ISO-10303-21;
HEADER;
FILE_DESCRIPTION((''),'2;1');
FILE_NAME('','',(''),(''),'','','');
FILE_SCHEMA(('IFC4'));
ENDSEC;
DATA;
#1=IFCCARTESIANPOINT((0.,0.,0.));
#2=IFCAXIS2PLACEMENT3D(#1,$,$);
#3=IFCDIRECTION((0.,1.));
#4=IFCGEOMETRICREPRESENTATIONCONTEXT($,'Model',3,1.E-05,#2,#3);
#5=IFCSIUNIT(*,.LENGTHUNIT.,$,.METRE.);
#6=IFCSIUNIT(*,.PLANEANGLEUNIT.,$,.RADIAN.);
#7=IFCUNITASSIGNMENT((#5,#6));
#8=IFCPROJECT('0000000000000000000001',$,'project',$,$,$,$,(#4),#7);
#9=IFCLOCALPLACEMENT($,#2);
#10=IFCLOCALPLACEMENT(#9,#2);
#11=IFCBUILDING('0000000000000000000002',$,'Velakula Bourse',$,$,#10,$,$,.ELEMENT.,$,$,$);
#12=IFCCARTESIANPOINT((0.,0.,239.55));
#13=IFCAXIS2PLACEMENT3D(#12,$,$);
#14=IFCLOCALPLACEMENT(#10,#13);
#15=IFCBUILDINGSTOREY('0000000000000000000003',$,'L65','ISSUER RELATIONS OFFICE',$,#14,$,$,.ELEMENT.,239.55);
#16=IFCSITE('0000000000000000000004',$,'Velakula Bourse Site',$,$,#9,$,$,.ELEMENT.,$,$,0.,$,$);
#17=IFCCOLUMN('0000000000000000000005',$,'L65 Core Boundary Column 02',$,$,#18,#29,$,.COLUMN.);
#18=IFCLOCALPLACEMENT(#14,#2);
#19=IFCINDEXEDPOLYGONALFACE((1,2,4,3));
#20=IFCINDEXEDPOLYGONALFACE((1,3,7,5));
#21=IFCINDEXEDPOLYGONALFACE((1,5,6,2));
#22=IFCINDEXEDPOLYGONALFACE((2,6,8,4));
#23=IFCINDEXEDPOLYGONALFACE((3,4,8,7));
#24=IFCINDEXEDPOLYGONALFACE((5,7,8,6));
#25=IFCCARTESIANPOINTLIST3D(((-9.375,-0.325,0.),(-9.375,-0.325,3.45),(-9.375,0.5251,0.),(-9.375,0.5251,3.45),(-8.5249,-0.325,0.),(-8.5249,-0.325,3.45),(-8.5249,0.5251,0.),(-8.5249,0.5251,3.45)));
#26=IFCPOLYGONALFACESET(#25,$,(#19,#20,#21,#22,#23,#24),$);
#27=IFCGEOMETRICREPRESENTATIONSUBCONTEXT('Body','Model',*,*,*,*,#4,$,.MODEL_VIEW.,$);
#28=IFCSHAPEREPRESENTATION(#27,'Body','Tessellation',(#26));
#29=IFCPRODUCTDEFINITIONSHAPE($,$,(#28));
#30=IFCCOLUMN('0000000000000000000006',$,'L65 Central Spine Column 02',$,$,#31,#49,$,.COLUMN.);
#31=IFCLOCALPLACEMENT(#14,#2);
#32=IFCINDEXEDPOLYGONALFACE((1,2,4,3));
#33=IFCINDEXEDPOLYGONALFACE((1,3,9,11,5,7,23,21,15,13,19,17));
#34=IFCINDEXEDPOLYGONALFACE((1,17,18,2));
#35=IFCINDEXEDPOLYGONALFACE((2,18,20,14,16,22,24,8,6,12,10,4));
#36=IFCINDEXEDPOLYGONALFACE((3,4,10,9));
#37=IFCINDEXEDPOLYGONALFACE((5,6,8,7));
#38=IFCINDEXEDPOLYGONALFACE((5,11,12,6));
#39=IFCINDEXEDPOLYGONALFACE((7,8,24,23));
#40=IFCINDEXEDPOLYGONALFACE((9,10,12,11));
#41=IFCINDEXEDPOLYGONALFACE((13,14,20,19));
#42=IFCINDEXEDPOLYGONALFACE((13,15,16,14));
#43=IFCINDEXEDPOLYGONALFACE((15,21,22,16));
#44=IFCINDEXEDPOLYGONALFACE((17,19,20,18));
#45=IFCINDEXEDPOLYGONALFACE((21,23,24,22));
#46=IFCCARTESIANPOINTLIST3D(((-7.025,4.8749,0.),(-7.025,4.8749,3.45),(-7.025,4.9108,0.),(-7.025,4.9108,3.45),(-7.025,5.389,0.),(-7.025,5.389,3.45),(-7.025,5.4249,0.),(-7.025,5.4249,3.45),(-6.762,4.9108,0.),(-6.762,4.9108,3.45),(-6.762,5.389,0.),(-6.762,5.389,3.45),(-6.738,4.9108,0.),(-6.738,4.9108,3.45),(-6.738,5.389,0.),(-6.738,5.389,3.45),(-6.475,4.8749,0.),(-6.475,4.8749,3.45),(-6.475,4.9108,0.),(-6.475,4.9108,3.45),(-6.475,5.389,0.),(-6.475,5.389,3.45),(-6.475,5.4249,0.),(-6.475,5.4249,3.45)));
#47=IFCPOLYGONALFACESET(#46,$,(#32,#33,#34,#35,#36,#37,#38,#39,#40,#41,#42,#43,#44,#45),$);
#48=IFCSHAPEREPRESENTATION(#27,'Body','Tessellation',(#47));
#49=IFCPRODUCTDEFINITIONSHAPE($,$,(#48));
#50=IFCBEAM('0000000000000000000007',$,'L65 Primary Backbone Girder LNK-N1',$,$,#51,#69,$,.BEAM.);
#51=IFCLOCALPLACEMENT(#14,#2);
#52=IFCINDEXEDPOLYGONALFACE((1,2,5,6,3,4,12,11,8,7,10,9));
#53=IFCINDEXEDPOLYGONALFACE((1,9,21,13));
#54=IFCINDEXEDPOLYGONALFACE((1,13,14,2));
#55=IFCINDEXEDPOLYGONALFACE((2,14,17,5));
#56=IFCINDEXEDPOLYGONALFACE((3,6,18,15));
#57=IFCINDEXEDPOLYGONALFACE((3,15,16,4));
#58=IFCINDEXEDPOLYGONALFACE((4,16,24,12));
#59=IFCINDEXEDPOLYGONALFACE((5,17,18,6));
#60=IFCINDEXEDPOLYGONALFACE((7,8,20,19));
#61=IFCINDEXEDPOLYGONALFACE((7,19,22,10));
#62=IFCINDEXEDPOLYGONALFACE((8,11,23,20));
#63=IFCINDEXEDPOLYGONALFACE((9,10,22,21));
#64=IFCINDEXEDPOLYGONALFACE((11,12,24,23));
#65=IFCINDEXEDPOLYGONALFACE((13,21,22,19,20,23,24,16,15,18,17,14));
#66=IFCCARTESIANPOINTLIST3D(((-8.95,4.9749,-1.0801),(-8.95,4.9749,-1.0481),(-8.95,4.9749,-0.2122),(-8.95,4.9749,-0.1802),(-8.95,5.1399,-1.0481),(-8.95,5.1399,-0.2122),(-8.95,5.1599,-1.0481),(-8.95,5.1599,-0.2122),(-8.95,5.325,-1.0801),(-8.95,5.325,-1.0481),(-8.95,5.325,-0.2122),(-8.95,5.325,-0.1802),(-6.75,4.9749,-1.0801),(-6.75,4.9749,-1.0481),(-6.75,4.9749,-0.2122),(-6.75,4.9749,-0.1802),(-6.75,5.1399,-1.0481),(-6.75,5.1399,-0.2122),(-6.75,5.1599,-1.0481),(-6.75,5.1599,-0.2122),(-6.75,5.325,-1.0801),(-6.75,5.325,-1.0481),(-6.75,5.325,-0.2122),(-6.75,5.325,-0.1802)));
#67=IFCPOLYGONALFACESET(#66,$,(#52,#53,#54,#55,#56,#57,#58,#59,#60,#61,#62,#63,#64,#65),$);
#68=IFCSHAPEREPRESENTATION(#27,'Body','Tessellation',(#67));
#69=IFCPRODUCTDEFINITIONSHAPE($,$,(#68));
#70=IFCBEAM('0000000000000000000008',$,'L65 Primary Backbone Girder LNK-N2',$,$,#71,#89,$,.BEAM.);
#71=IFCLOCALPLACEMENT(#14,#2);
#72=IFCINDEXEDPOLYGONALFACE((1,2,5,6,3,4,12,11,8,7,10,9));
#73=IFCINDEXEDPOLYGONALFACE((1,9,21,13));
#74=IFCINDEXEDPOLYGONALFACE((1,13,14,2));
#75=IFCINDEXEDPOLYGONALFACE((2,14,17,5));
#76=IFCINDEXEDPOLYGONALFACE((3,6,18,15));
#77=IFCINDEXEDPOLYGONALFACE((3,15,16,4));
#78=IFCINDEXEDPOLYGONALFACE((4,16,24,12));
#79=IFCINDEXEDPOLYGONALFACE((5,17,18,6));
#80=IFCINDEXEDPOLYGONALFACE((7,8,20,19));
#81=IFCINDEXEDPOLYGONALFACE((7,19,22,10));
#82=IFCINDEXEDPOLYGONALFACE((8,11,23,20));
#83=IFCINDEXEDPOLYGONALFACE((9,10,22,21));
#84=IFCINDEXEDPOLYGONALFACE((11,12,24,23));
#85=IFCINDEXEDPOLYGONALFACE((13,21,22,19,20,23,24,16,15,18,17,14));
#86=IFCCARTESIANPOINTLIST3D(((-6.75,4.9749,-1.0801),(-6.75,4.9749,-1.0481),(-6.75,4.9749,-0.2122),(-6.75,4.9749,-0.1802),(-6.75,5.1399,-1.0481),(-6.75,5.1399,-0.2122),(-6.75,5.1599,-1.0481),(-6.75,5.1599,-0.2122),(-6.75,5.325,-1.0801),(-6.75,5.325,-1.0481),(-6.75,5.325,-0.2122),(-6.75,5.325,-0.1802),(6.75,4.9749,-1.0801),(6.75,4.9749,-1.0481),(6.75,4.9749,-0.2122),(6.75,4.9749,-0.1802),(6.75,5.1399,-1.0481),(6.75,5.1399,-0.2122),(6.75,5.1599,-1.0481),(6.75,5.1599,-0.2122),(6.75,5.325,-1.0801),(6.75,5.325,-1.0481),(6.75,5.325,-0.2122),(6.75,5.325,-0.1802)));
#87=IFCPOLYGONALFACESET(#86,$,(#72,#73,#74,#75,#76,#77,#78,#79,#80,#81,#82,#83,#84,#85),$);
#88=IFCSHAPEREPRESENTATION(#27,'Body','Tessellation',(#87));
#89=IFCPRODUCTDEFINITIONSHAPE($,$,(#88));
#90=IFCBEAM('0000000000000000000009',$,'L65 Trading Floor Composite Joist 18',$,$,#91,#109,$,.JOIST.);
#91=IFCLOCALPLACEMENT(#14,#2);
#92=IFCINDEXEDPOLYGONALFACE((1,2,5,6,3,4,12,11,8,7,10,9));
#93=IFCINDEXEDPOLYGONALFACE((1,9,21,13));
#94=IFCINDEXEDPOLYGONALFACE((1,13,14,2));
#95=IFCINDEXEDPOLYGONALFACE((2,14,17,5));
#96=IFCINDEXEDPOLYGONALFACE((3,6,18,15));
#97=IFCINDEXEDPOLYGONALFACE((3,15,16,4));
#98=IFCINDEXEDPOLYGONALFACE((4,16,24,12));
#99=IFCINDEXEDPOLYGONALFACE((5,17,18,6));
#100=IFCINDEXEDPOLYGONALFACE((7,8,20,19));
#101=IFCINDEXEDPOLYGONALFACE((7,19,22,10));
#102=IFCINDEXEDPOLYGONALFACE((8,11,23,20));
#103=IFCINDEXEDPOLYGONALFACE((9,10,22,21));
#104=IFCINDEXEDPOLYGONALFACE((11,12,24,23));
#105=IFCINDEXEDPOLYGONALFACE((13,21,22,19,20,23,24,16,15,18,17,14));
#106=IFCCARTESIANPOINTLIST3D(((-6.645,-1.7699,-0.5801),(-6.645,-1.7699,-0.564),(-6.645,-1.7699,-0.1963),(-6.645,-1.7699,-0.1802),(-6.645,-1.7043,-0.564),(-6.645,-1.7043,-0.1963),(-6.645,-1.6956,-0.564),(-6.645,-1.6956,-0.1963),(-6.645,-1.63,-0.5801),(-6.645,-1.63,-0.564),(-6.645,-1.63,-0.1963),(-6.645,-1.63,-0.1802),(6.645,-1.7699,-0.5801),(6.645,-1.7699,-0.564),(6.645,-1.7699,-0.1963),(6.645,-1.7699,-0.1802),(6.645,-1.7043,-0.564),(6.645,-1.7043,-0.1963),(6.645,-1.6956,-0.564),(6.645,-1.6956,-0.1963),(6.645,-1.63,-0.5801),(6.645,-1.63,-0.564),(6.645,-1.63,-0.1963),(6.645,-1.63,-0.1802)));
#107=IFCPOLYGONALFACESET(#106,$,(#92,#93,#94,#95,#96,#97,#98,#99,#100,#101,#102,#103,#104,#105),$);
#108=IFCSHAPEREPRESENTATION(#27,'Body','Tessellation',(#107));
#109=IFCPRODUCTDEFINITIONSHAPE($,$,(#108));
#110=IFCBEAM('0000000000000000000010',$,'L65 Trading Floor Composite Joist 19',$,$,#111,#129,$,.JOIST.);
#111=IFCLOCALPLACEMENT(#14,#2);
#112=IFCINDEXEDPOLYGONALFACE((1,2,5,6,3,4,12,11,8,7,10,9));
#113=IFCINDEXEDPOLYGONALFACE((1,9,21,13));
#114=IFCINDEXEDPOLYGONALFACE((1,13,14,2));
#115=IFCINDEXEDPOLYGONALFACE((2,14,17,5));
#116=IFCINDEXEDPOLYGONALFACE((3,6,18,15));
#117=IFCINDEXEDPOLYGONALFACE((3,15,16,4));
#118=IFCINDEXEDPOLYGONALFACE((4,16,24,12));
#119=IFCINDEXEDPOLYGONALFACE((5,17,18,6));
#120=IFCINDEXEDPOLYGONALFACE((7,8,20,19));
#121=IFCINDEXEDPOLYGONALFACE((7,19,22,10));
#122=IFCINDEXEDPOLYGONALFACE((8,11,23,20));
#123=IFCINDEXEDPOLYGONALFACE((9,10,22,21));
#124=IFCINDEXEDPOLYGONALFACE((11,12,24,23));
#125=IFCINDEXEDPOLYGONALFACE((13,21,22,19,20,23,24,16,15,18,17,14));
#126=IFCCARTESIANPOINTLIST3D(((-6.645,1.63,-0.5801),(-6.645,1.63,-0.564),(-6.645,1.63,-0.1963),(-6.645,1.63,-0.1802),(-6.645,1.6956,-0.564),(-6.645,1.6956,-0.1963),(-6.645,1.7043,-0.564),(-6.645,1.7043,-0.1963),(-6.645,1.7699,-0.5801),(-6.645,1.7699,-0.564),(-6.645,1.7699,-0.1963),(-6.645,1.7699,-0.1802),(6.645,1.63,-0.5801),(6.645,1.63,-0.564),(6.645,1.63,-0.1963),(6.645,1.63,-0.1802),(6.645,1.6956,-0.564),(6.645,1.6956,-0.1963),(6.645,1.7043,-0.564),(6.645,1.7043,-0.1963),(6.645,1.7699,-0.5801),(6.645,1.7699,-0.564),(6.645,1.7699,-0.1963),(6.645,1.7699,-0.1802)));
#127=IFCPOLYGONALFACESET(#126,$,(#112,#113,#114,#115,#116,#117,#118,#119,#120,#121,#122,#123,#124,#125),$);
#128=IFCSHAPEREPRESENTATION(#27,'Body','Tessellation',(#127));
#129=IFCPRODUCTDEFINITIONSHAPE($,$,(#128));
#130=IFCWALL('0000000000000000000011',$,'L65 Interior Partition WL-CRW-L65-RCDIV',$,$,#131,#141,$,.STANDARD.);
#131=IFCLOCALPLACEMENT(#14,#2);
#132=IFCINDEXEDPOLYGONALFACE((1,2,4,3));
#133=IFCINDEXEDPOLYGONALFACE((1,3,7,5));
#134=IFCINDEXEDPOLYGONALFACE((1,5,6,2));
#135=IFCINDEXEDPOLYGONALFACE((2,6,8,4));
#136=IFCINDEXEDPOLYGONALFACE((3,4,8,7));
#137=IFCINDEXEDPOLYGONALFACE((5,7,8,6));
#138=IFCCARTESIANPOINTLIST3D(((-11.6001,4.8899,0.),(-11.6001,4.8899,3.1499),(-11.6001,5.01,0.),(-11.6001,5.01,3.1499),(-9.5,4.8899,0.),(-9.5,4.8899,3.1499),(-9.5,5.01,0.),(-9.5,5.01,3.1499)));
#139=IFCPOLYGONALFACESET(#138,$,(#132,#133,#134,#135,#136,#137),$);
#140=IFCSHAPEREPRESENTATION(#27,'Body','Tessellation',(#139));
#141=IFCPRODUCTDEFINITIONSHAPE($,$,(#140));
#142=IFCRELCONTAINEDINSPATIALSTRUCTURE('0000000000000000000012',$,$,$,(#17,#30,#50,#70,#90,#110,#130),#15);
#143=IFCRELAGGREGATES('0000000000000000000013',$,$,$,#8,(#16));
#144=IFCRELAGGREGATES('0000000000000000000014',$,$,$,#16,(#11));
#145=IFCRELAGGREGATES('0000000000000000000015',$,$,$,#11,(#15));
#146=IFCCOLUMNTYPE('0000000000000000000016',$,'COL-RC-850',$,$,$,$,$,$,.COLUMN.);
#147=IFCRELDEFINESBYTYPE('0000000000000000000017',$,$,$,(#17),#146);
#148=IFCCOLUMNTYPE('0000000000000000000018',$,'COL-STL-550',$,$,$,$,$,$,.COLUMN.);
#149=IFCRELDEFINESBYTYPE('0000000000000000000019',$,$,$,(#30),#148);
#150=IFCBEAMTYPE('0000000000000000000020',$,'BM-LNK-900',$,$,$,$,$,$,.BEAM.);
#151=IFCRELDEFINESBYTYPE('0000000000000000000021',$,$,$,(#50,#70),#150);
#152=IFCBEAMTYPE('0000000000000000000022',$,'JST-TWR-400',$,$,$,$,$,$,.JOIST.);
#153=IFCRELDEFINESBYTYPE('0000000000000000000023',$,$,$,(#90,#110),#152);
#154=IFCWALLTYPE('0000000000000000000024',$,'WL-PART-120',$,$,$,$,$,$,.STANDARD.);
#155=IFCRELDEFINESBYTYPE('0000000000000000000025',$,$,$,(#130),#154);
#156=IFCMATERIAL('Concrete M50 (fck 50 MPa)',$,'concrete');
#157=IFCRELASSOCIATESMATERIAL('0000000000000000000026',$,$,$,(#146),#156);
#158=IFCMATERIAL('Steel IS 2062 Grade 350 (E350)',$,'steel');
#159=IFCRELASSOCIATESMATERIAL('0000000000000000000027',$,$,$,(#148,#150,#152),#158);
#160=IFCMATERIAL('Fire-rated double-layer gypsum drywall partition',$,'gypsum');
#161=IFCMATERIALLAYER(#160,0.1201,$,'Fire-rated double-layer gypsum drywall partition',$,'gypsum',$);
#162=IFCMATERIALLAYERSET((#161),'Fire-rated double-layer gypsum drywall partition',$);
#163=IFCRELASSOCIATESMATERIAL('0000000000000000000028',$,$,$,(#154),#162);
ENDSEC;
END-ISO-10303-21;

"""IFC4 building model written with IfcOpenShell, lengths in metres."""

from ifc_helpers import new_model, si_unit, direction, frame, frame_2d, origin, origin_2d, place, context, subcontext, project, spatial, rectangle, i_section, extrude, material, layer, layer_set, material_profile, profile_set, type_object, element, save


model = new_model("IFC4")

# Units and contexts
model_context = context("Model", 3, precision=1e-05, world=origin(), true_north=direction((0.0, 1.0)))
body_context = subcontext(model_context, "Body", "Model", "MODEL_VIEW")
ifc_project = project(units=[si_unit("LENGTHUNIT", "METRE"), si_unit("PLANEANGLEUNIT", "RADIAN")], contexts=[model_context])

# Site, building, storey
site_placement = place(None, origin())
site = spatial("IfcSite", under=ifc_project, at=site_placement, Name="Velakula Bourse Site", CompositionType="ELEMENT", RefElevation=0.0)
building_placement = place(site_placement, origin())
building = spatial("IfcBuilding", under=site, at=building_placement, Name="Velakula Bourse", CompositionType="ELEMENT")
storey_placement = place(building_placement, frame((0.0, 0.0, 239.55)))
storey = spatial("IfcBuildingStorey", under=building, at=storey_placement, Name="L65", Description="ISSUER RELATIONS OFFICE", CompositionType="ELEMENT", Elevation=239.55)

# Columns
ifc_material_1 = material(Name="Concrete M50 (fck 50 MPa)", Category="concrete")
ifc_material_profile_1 = material_profile(ifc_material_1, rectangle(XDim=0.8501, YDim=0.8501, at=origin_2d()), Name="Concrete M50 (fck 50 MPa)")
ifc_profile_set_1 = profile_set([ifc_material_profile_1], Name="Concrete M50 (fck 50 MPa)")
column_type_1 = type_object("IfcColumnType", Name="COL-RC-850", PredefinedType="COLUMN", material=ifc_profile_set_1)
column_1_placement = place(storey_placement, frame((-8.95, 0.1001, 0.0), z_axis=(0.0, 0.0, 1.0), x_axis=(1.0, 0.0, 0.0)))
element("IfcColumn", 1, at=column_1_placement, inside=storey, type_object=column_type_1, Name="L65 Core Boundary Column 02", PredefinedType="COLUMN", context=body_context, shape_type="SweptSolid", body=[
    extrude(rectangle(XDim=0.8501, YDim=0.8501, at=origin_2d()), origin(), (0.0, 0.0, 1.0), 3.45),
])
ifc_material_2 = material(Name="Steel IS 2062 Grade 350 (E350)", Category="steel")
ifc_material_profile_2 = material_profile(ifc_material_2, i_section(OverallWidth=0.55, OverallDepth=0.55, WebThickness=0.0239, FlangeThickness=0.0359, at=origin_2d()), Name="Steel IS 2062 Grade 350 (E350)")
ifc_profile_set_2 = profile_set([ifc_material_profile_2], Name="Steel IS 2062 Grade 350 (E350)")
column_type_2 = type_object("IfcColumnType", Name="COL-STL-550", PredefinedType="COLUMN", material=ifc_profile_set_2)
column_2_placement = place(storey_placement, frame((-6.75, 5.1499, 0.0), z_axis=(0.0, 0.0, 1.0), x_axis=(1.0, 0.0, 0.0)))
element("IfcColumn", 2, at=column_2_placement, inside=storey, type_object=column_type_2, Name="L65 Central Spine Column 02", PredefinedType="COLUMN", context=body_context, shape_type="SweptSolid", body=[
    extrude(i_section(OverallWidth=0.55, OverallDepth=0.55, WebThickness=0.0239, FlangeThickness=0.0359, at=origin_2d()), origin(), (0.0, 0.0, 1.0), 3.45),
])

# Beams
ifc_material_profile_3 = material_profile(ifc_material_2, i_section(OverallWidth=0.3501, OverallDepth=0.8999, WebThickness=0.02, FlangeThickness=0.032, at=origin_2d()), Name="Steel IS 2062 Grade 350 (E350)")
ifc_profile_set_3 = profile_set([ifc_material_profile_3], Name="Steel IS 2062 Grade 350 (E350)")
beam_type_1 = type_object("IfcBeamType", Name="BM-LNK-900", PredefinedType="BEAM", material=ifc_profile_set_3)
beam_1_placement = place(storey_placement, frame((-8.95, 5.1499, -0.6301), z_axis=(1.0, 0.0, 0.0), x_axis=(0.0, 1.0, 0.0)))
element("IfcBeam", 3, at=beam_1_placement, inside=storey, type_object=beam_type_1, Name="L65 Primary Backbone Girder LNK-N1", PredefinedType="BEAM", context=body_context, shape_type="SweptSolid", body=[
    extrude(i_section(OverallWidth=0.3501, OverallDepth=0.8999, WebThickness=0.02, FlangeThickness=0.032, at=origin_2d()), origin(), (0.0, 0.0, 1.0), 2.2),
])
beam_2_placement = place(storey_placement, frame((-6.75, 5.1499, -0.6301), z_axis=(1.0, 0.0, 0.0), x_axis=(0.0, 1.0, 0.0)))
element("IfcBeam", 4, at=beam_2_placement, inside=storey, type_object=beam_type_1, Name="L65 Primary Backbone Girder LNK-N2", PredefinedType="BEAM", context=body_context, shape_type="SweptSolid", body=[
    extrude(i_section(OverallWidth=0.3501, OverallDepth=0.8999, WebThickness=0.02, FlangeThickness=0.032, at=origin_2d()), origin(), (0.0, 0.0, 1.0), 13.5),
])
ifc_material_profile_4 = material_profile(ifc_material_2, i_section(OverallWidth=0.1399, OverallDepth=0.3999, WebThickness=0.0088, FlangeThickness=0.0161, at=origin_2d()), Name="Steel IS 2062 Grade 350 (E350)")
ifc_profile_set_4 = profile_set([ifc_material_profile_4], Name="Steel IS 2062 Grade 350 (E350)")
beam_type_2 = type_object("IfcBeamType", Name="JST-TWR-400", PredefinedType="JOIST", material=ifc_profile_set_4)
for number, where, z_axis, x_axis, name in (
    (5, (-6.645, -1.7, -0.3801), (1.0, 0.0, 0.0), (0.0, 1.0, 0.0), "L65 Trading Floor Composite Joist 18"),
    (6, (-6.645, 1.7, -0.3801), (1.0, 0.0, 0.0), (0.0, 1.0, 0.0), "L65 Trading Floor Composite Joist 19"),
):
    element("IfcBeam", number, at=place(storey_placement, frame(where, z_axis=z_axis, x_axis=x_axis)), inside=storey, type_object=beam_type_2, Name=name, PredefinedType="JOIST", context=body_context, shape_type="SweptSolid", body=[
        extrude(i_section(OverallWidth=0.1399, OverallDepth=0.3999, WebThickness=0.0088, FlangeThickness=0.0161, at=origin_2d()), origin(), (0.0, 0.0, 1.0), 13.29),
    ])

# Wall
ifc_material_3 = material(Name="Fire-rated double-layer gypsum drywall partition", Category="gypsum")
ifc_layer_1 = layer(ifc_material_3, 0.1201, Name="Fire-rated double-layer gypsum drywall partition", Category="gypsum")
ifc_layer_set_1 = layer_set([ifc_layer_1], Name="Fire-rated double-layer gypsum drywall partition")
wall_type_1 = type_object("IfcWallType", Name="WL-PART-120", PredefinedType="STANDARD", material=ifc_layer_set_1)
wall_1_placement = place(storey_placement, frame((-11.6001, 4.95, 0.0), z_axis=(0.0, 0.0, 1.0), x_axis=(1.0, 0.0, 0.0)))
element("IfcWall", 7, at=wall_1_placement, inside=storey, type_object=wall_type_1, Name="L65 Interior Partition WL-CRW-L65-RCDIV", PredefinedType="STANDARD", context=body_context, shape_type="SweptSolid", body=[
    extrude(rectangle(XDim=2.1001, YDim=0.1201, at=frame_2d((1.05, 0.0))), origin(), (0.0, 0.0, 1.0), 3.1499),
])

save(model, "model.ifc")
